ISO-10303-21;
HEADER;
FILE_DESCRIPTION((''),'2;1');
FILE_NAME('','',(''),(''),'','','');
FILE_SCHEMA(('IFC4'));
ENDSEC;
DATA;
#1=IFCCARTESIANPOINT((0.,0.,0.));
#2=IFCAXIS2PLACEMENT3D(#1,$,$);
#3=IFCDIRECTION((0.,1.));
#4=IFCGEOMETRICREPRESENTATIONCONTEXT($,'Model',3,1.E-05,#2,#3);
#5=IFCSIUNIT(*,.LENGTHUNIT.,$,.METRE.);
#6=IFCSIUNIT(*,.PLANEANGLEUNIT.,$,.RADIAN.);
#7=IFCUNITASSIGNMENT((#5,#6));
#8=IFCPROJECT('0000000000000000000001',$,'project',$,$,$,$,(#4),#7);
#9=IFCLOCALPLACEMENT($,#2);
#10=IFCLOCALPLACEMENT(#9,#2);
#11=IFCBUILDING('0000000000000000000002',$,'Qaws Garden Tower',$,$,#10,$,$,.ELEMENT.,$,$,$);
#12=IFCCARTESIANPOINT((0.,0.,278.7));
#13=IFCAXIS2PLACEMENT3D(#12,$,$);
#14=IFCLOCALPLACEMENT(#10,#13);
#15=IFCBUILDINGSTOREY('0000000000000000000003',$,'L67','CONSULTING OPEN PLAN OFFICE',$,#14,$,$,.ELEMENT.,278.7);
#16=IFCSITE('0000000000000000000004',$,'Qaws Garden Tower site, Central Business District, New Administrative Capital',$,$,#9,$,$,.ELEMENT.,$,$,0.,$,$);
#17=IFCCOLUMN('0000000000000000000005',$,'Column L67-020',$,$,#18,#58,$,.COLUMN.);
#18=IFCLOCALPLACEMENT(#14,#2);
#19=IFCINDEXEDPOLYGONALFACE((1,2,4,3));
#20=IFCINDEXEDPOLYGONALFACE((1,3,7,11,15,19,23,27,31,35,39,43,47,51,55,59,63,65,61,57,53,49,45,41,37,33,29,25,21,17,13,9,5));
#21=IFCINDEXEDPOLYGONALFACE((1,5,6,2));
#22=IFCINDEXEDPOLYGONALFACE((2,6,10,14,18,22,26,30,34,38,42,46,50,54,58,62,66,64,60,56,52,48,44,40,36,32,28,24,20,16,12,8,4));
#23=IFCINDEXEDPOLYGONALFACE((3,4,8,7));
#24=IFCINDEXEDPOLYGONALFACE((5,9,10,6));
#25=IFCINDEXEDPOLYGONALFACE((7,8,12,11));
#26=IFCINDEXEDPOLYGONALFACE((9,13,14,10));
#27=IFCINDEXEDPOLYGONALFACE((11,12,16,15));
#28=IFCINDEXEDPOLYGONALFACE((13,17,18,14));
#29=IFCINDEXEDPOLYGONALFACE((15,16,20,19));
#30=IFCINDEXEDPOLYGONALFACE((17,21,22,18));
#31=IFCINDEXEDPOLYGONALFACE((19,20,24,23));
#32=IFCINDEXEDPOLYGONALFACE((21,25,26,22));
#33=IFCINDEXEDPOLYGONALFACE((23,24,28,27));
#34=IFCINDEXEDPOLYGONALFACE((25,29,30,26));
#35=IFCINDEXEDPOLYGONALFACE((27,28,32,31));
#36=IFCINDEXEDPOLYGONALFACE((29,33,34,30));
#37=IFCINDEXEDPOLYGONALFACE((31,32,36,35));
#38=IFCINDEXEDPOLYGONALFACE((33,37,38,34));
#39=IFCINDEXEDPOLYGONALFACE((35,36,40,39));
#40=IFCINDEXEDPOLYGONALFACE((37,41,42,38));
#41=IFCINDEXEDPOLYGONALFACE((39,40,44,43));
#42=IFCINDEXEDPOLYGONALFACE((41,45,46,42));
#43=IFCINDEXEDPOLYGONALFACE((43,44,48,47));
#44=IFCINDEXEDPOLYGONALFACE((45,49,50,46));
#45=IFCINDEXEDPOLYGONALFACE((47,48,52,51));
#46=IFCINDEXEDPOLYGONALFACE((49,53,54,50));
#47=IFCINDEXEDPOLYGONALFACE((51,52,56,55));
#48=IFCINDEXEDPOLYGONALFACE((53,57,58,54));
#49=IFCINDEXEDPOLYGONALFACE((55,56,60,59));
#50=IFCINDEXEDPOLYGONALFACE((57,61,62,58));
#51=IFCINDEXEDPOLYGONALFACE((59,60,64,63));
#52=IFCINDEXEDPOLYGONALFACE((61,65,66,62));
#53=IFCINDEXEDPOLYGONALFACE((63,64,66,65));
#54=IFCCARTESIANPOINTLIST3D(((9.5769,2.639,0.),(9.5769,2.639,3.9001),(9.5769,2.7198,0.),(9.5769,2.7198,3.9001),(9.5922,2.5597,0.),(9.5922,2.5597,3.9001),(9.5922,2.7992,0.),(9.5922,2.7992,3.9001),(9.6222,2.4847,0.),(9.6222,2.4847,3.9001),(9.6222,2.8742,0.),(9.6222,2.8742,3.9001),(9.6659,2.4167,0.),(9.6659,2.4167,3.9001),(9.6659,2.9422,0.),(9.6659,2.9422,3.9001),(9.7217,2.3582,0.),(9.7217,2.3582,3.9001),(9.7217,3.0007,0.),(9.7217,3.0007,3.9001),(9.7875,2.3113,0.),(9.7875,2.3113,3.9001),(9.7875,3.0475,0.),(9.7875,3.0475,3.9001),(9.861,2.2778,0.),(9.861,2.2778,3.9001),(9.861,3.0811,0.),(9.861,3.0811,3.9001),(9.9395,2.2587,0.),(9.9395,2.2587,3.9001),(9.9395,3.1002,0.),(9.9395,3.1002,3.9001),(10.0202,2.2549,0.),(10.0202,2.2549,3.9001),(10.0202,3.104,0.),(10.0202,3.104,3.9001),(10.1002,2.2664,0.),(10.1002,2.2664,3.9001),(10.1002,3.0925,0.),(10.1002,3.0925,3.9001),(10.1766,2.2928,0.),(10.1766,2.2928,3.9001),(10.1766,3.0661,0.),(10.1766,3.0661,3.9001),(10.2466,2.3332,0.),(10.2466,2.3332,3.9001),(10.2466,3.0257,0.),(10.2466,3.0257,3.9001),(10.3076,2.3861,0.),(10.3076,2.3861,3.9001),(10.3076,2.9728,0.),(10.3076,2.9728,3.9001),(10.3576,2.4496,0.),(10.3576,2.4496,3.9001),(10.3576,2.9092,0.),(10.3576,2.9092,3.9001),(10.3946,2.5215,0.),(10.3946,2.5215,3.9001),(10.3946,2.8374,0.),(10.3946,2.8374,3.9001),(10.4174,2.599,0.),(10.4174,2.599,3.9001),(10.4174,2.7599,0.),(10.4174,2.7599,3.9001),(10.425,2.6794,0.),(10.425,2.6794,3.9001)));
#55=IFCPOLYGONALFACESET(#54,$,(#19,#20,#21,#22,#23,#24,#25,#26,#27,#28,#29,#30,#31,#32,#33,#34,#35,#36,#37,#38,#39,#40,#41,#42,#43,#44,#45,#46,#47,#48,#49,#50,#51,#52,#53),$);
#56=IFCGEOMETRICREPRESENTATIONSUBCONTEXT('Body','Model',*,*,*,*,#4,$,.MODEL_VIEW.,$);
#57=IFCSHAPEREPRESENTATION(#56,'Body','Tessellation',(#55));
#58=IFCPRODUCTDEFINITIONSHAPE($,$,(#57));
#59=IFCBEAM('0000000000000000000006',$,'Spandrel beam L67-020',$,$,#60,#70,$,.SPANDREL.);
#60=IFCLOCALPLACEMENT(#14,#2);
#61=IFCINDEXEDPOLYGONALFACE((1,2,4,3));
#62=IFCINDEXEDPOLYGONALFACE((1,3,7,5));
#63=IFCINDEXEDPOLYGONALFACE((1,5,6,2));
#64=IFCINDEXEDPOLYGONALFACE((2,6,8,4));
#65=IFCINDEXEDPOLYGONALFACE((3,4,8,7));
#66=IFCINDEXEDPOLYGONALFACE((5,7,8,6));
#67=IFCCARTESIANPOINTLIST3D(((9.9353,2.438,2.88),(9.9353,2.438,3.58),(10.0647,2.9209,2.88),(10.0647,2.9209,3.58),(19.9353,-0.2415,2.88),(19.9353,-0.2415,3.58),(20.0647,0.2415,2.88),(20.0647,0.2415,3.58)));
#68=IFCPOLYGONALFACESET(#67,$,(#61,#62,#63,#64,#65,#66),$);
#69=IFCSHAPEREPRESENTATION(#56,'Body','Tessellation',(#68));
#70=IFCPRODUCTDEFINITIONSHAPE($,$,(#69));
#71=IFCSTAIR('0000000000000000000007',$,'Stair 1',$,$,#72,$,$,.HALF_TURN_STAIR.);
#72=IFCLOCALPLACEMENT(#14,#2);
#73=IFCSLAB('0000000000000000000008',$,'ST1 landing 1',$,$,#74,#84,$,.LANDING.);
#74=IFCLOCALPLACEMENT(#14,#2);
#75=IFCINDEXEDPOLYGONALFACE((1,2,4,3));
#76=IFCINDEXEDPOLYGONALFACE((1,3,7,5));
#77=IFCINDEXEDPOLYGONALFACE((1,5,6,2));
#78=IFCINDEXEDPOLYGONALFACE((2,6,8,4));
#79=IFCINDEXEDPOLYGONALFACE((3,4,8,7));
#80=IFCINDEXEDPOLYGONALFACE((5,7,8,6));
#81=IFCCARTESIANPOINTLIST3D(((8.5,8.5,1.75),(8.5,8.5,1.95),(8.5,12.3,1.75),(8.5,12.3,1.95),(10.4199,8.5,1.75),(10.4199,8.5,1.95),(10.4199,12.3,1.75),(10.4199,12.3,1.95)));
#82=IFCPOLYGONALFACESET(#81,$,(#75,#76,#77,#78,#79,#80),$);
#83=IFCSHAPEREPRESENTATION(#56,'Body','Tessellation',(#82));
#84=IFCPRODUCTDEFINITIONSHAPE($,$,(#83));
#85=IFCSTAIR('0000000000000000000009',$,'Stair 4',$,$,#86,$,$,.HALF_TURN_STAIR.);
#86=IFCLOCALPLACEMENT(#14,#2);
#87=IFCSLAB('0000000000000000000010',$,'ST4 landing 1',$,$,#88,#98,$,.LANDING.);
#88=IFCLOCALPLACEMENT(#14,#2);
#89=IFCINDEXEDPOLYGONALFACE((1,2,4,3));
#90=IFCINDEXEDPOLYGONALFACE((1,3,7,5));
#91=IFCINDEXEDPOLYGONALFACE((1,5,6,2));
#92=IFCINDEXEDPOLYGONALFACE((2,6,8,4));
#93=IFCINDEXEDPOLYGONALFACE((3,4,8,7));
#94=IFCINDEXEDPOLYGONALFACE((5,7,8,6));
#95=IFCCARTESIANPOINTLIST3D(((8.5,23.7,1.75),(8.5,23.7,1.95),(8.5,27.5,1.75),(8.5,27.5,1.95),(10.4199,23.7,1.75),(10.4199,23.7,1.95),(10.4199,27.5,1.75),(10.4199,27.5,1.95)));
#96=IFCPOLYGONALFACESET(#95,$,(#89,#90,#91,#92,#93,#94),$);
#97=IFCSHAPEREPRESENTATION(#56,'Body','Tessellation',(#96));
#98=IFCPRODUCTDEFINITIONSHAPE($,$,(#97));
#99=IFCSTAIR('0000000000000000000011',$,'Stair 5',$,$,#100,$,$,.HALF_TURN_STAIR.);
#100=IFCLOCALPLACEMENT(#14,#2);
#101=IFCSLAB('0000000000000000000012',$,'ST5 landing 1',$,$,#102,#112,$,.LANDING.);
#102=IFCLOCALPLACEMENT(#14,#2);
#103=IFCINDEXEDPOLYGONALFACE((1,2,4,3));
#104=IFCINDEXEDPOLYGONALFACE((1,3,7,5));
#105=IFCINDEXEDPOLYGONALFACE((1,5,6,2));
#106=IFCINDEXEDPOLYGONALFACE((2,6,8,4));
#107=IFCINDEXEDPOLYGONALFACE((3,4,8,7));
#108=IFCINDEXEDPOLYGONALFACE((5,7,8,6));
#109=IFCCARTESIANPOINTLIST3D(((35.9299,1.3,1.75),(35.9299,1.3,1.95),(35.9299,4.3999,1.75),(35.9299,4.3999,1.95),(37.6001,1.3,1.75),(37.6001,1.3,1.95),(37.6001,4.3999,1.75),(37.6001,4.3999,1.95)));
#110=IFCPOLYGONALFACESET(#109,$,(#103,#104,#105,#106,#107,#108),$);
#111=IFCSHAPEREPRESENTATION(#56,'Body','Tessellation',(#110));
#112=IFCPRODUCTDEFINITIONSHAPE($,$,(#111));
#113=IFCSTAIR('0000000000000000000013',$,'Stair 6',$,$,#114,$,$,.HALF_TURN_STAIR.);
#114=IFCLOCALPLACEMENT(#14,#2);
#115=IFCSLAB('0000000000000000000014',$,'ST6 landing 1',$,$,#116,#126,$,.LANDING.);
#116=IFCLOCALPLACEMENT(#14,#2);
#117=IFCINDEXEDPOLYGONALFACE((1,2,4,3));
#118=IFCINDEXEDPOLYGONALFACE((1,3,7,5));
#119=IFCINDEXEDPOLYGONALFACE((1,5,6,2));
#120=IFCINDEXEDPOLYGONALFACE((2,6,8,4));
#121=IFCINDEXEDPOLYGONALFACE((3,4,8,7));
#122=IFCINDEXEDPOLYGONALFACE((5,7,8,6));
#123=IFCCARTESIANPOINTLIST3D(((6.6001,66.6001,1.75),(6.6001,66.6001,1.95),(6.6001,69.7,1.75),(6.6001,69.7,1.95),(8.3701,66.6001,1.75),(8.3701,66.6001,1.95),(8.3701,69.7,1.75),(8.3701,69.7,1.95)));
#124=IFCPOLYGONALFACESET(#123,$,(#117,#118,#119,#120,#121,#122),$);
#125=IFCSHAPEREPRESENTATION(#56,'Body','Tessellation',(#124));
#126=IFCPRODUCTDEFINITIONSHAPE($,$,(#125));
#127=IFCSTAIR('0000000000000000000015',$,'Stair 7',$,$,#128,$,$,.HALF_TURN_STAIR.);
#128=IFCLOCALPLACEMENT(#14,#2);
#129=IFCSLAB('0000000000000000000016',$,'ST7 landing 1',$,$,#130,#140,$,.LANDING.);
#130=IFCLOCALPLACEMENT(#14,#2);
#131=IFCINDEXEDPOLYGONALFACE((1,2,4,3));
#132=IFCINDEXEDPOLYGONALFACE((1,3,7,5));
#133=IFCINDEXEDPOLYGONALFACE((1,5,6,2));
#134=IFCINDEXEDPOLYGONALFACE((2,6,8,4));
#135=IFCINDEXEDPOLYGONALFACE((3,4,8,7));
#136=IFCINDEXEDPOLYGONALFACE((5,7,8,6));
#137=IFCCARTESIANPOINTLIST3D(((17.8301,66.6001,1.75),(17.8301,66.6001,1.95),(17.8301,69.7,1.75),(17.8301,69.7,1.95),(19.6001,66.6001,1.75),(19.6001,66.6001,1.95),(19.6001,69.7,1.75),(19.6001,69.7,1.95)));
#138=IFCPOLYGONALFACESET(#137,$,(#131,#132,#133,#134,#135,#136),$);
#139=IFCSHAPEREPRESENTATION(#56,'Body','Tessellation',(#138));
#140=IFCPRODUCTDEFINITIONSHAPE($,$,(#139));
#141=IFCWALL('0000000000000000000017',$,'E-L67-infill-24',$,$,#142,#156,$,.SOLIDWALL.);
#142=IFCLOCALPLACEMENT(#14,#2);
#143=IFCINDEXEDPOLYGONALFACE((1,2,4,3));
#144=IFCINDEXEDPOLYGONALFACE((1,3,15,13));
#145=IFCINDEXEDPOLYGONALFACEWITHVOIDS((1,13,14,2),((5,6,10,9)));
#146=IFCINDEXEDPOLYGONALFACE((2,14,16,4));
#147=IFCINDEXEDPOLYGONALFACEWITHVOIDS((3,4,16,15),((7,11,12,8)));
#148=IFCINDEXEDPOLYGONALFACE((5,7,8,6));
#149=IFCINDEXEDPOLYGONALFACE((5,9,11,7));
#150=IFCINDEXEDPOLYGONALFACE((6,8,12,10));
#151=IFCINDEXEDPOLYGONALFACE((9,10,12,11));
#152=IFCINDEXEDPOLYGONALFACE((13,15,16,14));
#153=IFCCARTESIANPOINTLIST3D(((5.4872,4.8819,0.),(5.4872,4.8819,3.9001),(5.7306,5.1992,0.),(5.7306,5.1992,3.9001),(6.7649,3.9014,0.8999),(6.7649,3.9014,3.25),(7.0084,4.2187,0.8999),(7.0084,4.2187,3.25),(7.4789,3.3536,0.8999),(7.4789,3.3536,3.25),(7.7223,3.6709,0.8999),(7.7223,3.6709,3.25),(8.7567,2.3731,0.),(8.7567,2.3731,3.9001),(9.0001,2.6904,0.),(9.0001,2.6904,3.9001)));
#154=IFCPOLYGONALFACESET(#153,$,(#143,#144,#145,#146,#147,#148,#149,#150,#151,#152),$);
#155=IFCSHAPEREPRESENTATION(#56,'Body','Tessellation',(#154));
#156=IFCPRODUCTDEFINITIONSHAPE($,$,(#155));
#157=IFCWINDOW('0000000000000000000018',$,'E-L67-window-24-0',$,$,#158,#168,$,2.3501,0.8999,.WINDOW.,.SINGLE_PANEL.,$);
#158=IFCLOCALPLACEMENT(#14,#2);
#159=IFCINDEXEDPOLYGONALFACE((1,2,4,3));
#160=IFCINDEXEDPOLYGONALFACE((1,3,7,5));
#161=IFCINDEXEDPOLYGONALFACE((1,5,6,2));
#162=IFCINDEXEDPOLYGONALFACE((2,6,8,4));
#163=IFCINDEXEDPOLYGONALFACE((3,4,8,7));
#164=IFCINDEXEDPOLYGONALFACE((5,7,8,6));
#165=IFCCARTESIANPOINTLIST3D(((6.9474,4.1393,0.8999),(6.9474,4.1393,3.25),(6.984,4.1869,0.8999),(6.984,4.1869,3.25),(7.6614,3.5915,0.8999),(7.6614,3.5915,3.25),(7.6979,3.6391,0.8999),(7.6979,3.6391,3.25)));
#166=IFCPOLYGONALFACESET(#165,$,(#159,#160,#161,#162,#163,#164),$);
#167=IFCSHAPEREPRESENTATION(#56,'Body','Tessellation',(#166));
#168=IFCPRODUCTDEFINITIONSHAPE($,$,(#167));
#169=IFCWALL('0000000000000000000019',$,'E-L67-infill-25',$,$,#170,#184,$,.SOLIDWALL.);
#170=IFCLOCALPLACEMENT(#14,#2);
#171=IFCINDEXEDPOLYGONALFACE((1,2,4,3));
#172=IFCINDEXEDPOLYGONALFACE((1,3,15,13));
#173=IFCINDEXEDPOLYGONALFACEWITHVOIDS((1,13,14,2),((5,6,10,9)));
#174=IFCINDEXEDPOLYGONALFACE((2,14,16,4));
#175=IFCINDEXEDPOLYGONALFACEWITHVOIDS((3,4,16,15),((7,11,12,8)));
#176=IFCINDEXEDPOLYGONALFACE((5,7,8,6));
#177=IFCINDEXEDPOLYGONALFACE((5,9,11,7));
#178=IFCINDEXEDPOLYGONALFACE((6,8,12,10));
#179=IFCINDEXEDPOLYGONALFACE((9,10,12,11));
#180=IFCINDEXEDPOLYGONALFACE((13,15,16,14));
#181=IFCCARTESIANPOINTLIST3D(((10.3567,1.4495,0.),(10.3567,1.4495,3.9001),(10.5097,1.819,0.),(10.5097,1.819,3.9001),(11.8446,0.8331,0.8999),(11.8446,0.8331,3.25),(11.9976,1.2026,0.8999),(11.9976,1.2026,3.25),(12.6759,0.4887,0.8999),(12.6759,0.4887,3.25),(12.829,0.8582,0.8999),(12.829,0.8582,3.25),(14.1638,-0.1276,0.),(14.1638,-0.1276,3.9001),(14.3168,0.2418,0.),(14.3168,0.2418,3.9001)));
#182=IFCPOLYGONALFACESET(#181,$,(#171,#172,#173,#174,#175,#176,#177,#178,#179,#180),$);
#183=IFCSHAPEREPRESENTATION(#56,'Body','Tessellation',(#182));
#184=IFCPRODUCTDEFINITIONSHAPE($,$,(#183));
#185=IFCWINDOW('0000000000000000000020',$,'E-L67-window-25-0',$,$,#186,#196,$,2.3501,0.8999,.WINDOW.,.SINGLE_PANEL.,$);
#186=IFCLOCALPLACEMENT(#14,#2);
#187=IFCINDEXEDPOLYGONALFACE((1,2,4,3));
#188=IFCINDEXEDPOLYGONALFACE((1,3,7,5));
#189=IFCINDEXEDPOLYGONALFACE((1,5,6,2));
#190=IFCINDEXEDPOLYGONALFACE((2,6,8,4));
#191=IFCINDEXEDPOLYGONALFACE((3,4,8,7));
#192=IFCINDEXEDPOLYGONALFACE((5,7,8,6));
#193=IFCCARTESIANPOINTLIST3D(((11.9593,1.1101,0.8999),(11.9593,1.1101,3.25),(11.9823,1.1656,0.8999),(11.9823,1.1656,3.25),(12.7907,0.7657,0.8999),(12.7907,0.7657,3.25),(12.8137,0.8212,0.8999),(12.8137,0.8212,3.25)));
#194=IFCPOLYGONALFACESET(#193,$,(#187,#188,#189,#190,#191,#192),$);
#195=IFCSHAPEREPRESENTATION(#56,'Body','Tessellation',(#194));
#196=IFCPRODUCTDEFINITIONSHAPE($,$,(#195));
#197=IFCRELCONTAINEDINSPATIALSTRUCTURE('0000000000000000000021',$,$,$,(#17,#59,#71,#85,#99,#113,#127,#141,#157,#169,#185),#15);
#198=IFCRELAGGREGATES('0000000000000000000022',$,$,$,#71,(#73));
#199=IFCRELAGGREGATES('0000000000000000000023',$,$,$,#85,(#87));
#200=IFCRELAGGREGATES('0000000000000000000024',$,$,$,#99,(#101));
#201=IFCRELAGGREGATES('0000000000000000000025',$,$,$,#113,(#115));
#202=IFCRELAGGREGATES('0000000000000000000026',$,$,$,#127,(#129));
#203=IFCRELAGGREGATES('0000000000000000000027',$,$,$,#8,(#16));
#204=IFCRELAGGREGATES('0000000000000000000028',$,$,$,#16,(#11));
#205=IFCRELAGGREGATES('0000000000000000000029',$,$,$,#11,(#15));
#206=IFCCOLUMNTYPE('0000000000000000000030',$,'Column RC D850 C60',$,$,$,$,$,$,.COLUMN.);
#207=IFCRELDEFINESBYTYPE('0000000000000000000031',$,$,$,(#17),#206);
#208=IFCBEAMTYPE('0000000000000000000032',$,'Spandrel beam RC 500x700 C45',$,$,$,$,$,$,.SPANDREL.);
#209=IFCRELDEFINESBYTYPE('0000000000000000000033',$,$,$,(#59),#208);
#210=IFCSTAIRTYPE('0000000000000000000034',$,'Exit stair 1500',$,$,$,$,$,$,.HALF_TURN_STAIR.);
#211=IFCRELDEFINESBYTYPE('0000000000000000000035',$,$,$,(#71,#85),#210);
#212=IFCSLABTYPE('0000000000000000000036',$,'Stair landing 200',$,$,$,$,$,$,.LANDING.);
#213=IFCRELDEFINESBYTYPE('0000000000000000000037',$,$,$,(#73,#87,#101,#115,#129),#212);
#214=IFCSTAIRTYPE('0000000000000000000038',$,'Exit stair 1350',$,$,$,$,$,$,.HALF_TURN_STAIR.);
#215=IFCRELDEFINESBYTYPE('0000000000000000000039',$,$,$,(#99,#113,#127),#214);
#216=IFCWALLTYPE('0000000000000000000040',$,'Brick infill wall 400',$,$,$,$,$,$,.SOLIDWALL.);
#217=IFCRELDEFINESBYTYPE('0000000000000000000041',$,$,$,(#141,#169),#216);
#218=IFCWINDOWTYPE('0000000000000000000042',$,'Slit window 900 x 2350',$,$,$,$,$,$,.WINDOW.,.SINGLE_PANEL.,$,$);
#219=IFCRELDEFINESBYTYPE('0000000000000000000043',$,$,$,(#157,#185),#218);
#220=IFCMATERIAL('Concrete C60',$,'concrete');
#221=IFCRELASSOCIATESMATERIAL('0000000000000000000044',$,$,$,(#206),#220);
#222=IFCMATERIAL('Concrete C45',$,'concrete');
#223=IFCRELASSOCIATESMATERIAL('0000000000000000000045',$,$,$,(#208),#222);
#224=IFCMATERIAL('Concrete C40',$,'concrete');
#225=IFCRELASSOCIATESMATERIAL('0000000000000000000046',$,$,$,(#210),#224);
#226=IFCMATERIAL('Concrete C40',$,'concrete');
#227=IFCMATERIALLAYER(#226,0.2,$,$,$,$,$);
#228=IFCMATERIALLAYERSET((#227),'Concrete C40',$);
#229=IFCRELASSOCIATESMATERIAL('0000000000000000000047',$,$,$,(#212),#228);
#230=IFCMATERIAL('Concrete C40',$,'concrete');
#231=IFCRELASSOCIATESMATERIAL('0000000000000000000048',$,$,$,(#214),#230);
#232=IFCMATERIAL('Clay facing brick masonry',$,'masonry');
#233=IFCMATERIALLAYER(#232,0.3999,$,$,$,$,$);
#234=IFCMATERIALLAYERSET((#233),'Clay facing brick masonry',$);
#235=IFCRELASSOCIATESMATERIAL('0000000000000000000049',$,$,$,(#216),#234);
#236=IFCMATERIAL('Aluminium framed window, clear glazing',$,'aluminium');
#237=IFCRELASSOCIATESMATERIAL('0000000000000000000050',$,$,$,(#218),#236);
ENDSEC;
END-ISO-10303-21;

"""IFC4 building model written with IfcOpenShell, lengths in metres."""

from ifc_helpers import new_model, si_unit, direction, frame, frame_2d, origin, origin_2d, place, context, subcontext, project, spatial, polyline, rectangle, circle, outline, extrude, material, layer, layer_set, material_profile, profile_set, type_object, element, fill, aggregate, save


model = new_model("IFC4")

# Units and contexts
model_context = context("Model", 3, precision=1e-05, world=origin(), true_north=direction((0.0, 1.0)))
body_context = subcontext(model_context, "Body", "Model", "MODEL_VIEW")
ifc_project = project(units=[si_unit("LENGTHUNIT", "METRE"), si_unit("PLANEANGLEUNIT", "RADIAN")], contexts=[model_context])

# Site, building, storey
site_placement = place(None, origin())
site = spatial("IfcSite", under=ifc_project, at=site_placement, Name="Qaws Garden Tower site, Central Business District, New Administrative Capital", CompositionType="ELEMENT", RefElevation=0.0)
building_placement = place(site_placement, origin())
building = spatial("IfcBuilding", under=site, at=building_placement, Name="Qaws Garden Tower", CompositionType="ELEMENT")
storey_placement = place(building_placement, frame((0.0, 0.0, 278.7)))
storey = spatial("IfcBuildingStorey", under=building, at=storey_placement, Name="L67", Description="CONSULTING OPEN PLAN OFFICE", CompositionType="ELEMENT", Elevation=278.7)

# Column
ifc_material_1 = material(Name="Concrete C60", Category="concrete")
ifc_material_profile_1 = material_profile(ifc_material_1, circle(Radius=0.425, at=origin_2d()), Name="RC D850")
ifc_profile_set_1 = profile_set([ifc_material_profile_1], Name="Concrete C60")
column_type = type_object("IfcColumnType", Name="Column RC D850 C60", PredefinedType="COLUMN", material=ifc_profile_set_1)
column_placement = place(storey_placement, frame((10.0, 2.6794, 0.0), z_axis=(0.0, 0.0, 1.0), x_axis=(1.0, 0.0, 0.0)))
element("IfcColumn", 1, at=column_placement, inside=storey, type_object=column_type, Name="Column L67-020", PredefinedType="COLUMN", context=body_context, shape_type="SweptSolid", body=[
    extrude(circle(Radius=0.425, at=origin_2d()), origin(), (0.0, 0.0, 1.0), 3.9001),
])

# Beam
ifc_material_2 = material(Name="Concrete C45", Category="concrete")
ifc_material_profile_2 = material_profile(ifc_material_2, rectangle(XDim=0.5, YDim=0.7, at=origin_2d()), Name="RC 500x700")
ifc_profile_set_2 = profile_set([ifc_material_profile_2], Name="Concrete C45")
beam_type = type_object("IfcBeamType", Name="Spandrel beam RC 500x700 C45", PredefinedType="SPANDREL", material=ifc_profile_set_2)
beam_placement = place(storey_placement, frame((10.0, 2.6794, 3.23), z_axis=(0.965927, -0.258815, 0.0), x_axis=(0.258815, 0.965927, 0.0)))
element("IfcBeam", 2, at=beam_placement, inside=storey, type_object=beam_type, Name="Spandrel beam L67-020", PredefinedType="SPANDREL", context=body_context, shape_type="SweptSolid", body=[
    extrude(rectangle(XDim=0.5, YDim=0.7, at=origin_2d()), origin(), (0.0, 0.0, 1.0), 10.3528),
])

# Stairs, slabs
ifc_material_3 = material(Name="Concrete C40", Category="concrete")
stair_type_1 = type_object("IfcStairType", Name="Exit stair 1500", PredefinedType="HALF_TURN_STAIR", material=ifc_material_3)
placement_1 = place(storey_placement, origin())
stair_1 = element("IfcStair", 3, at=placement_1, inside=storey, type_object=stair_type_1, Name="Stair 1", PredefinedType="HALF_TURN_STAIR")
ifc_material_4 = material(Name="Concrete C40", Category="concrete")
ifc_layer_1 = layer(ifc_material_4, 0.2)
ifc_layer_set_1 = layer_set([ifc_layer_1], Name="Concrete C40")
slab_type = type_object("IfcSlabType", Name="Stair landing 200", PredefinedType="LANDING", material=ifc_layer_set_1)
placement_2 = place(storey_placement, frame((0.0, 0.0, 1.75)))
slab_1 = element("IfcSlab", 4, at=placement_2, type_object=slab_type, Name="ST1 landing 1", PredefinedType="LANDING", context=body_context, shape_type="SweptSolid", body=[
    extrude(outline(polyline([(8.5, 8.5), (10.4199, 8.5), (10.4199, 12.3), (8.5, 12.3), (8.5, 8.5)])), origin(), (0.0, 0.0, 1.0), 0.2),
])
aggregate(stair_1, [slab_1])
stair_2 = element("IfcStair", 5, at=placement_1, inside=storey, type_object=stair_type_1, Name="Stair 4", PredefinedType="HALF_TURN_STAIR")
slab_2 = element("IfcSlab", 6, at=placement_2, type_object=slab_type, Name="ST4 landing 1", PredefinedType="LANDING", context=body_context, shape_type="SweptSolid", body=[
    extrude(outline(polyline([(8.5, 23.7), (10.4199, 23.7), (10.4199, 27.5), (8.5, 27.5), (8.5, 23.7)])), origin(), (0.0, 0.0, 1.0), 0.2),
])
aggregate(stair_2, [slab_2])
ifc_material_5 = material(Name="Concrete C40", Category="concrete")
stair_type_2 = type_object("IfcStairType", Name="Exit stair 1350", PredefinedType="HALF_TURN_STAIR", material=ifc_material_5)
stair_3 = element("IfcStair", 7, at=placement_1, inside=storey, type_object=stair_type_2, Name="Stair 5", PredefinedType="HALF_TURN_STAIR")
slab_3 = element("IfcSlab", 8, at=placement_2, type_object=slab_type, Name="ST5 landing 1", PredefinedType="LANDING", context=body_context, shape_type="SweptSolid", body=[
    extrude(outline(polyline([(35.9299, 1.3), (37.6001, 1.3), (37.6001, 4.3999), (35.9299, 4.3999), (35.9299, 1.3)])), origin(), (0.0, 0.0, 1.0), 0.2),
])
aggregate(stair_3, [slab_3])
stair_4 = element("IfcStair", 9, at=placement_1, inside=storey, type_object=stair_type_2, Name="Stair 6", PredefinedType="HALF_TURN_STAIR")
slab_4 = element("IfcSlab", 10, at=placement_2, type_object=slab_type, Name="ST6 landing 1", PredefinedType="LANDING", context=body_context, shape_type="SweptSolid", body=[
    extrude(outline(polyline([(6.6001, 66.6001), (8.3701, 66.6001), (8.3701, 69.7), (6.6001, 69.7), (6.6001, 66.6001)])), origin(), (0.0, 0.0, 1.0), 0.2),
])
aggregate(stair_4, [slab_4])
stair_5 = element("IfcStair", 11, at=placement_1, inside=storey, type_object=stair_type_2, Name="Stair 7", PredefinedType="HALF_TURN_STAIR")
slab_5 = element("IfcSlab", 12, at=placement_2, type_object=slab_type, Name="ST7 landing 1", PredefinedType="LANDING", context=body_context, shape_type="SweptSolid", body=[
    extrude(outline(polyline([(17.8301, 66.6001), (19.6001, 66.6001), (19.6001, 69.7), (17.8301, 69.7), (17.8301, 66.6001)])), origin(), (0.0, 0.0, 1.0), 0.2),
])
aggregate(stair_5, [slab_5])

# Walls, openings, windows
ifc_material_6 = material(Name="Clay facing brick masonry", Category="masonry")
ifc_layer_2 = layer(ifc_material_6, 0.3999)
ifc_layer_set_2 = layer_set([ifc_layer_2], Name="Clay facing brick masonry")
wall_type_1 = type_object("IfcWallType", Name="Brick infill wall 400", PredefinedType="SOLIDWALL", material=ifc_layer_set_2)
wall_1_placement = place(storey_placement, frame((5.6089, 5.0405, 0.0), z_axis=(0.0, 0.0, 1.0), x_axis=(0.793355, -0.60876, 0.0)))
wall_1 = element("IfcWall", 13, at=wall_1_placement, inside=storey, type_object=wall_type_1, Name="E-L67-infill-24", PredefinedType="SOLIDWALL", context=body_context, shape_type="SweptSolid", body=[
    extrude(rectangle(XDim=4.1211, YDim=0.3999, at=frame_2d((2.0605, 0.0))), origin(), (0.0, 0.0, 1.0), 3.9001),
])
opening_1_placement = place(wall_1_placement, frame((1.6106, 0.0, 0.8999)))
opening_1 = element("IfcOpeningElement", 14, at=opening_1_placement, cuts=wall_1, PredefinedType="OPENING", context=body_context, shape_type="SweptSolid", body=[
    extrude(rectangle(XDim=0.8999, YDim=2.3501, at=frame_2d((0.45, 1.175))), frame((0.0, 0.21, 0.0), z_axis=(0.0, -1.0, 0.0), x_axis=(1.0, 0.0, 0.0)), (0.0, 0.0, 1.0), 0.4199),
])
ifc_material_7 = material(Name="Aluminium framed window, clear glazing", Category="aluminium")
window_type = type_object("IfcWindowType", Name="Slit window 900 x 2350", PartitioningType="SINGLE_PANEL", PredefinedType="WINDOW", material=ifc_material_7)
window_1_placement = place(opening_1_placement, origin())
window_1 = element("IfcWindow", 15, at=window_1_placement, inside=storey, type_object=window_type, Name="E-L67-window-24-0", OverallHeight=2.3501, OverallWidth=0.8999, PartitioningType="SINGLE_PANEL", PredefinedType="WINDOW", context=body_context, shape_type="SweptSolid", body=[
    extrude(rectangle(XDim=0.8999, YDim=2.3501, at=frame_2d((0.45, 1.175))), frame((0.0, 0.1599, 0.0), z_axis=(0.0, -1.0, 0.0), x_axis=(1.0, 0.0, 0.0)), (0.0, 0.0, 1.0), 0.0601),
])
fill(opening_1, window_1)
wall_2_placement = place(storey_placement, frame((10.4331, 1.6343, 0.0), z_axis=(0.0, 0.0, 1.0), x_axis=(0.923864, -0.382722, 0.0)))
wall_2 = element("IfcWall", 16, at=wall_2_placement, inside=storey, type_object=wall_type_1, Name="E-L67-infill-25", PredefinedType="SOLIDWALL", context=body_context, shape_type="SweptSolid", body=[
    extrude(rectangle(XDim=4.1208, YDim=0.3999, at=frame_2d((2.0605, 0.0))), origin(), (0.0, 0.0, 1.0), 3.9001),
])
opening_2_placement = place(wall_2_placement, frame((1.6106, 0.0, 0.8999)))
opening_2 = element("IfcOpeningElement", 17, at=opening_2_placement, cuts=wall_2, PredefinedType="OPENING", context=body_context, shape_type="SweptSolid", body=[
    extrude(rectangle(XDim=0.8999, YDim=2.3501, at=frame_2d((0.45, 1.175))), frame((0.0, 0.21, 0.0), z_axis=(0.0, -1.0, 0.0), x_axis=(1.0, 0.0, 0.0)), (0.0, 0.0, 1.0), 0.4199),
])
window_2_placement = place(opening_2_placement, origin())
window_2 = element("IfcWindow", 18, at=window_2_placement, inside=storey, type_object=window_type, Name="E-L67-window-25-0", OverallHeight=2.3501, OverallWidth=0.8999, PartitioningType="SINGLE_PANEL", PredefinedType="WINDOW", context=body_context, shape_type="SweptSolid", body=[
    extrude(rectangle(XDim=0.8999, YDim=2.3501, at=frame_2d((0.45, 1.175))), frame((0.0, 0.1599, 0.0), z_axis=(0.0, -1.0, 0.0), x_axis=(1.0, 0.0, 0.0)), (0.0, 0.0, 1.0), 0.0601),
])
fill(opening_2, window_2)

save(model, "model.ifc")
